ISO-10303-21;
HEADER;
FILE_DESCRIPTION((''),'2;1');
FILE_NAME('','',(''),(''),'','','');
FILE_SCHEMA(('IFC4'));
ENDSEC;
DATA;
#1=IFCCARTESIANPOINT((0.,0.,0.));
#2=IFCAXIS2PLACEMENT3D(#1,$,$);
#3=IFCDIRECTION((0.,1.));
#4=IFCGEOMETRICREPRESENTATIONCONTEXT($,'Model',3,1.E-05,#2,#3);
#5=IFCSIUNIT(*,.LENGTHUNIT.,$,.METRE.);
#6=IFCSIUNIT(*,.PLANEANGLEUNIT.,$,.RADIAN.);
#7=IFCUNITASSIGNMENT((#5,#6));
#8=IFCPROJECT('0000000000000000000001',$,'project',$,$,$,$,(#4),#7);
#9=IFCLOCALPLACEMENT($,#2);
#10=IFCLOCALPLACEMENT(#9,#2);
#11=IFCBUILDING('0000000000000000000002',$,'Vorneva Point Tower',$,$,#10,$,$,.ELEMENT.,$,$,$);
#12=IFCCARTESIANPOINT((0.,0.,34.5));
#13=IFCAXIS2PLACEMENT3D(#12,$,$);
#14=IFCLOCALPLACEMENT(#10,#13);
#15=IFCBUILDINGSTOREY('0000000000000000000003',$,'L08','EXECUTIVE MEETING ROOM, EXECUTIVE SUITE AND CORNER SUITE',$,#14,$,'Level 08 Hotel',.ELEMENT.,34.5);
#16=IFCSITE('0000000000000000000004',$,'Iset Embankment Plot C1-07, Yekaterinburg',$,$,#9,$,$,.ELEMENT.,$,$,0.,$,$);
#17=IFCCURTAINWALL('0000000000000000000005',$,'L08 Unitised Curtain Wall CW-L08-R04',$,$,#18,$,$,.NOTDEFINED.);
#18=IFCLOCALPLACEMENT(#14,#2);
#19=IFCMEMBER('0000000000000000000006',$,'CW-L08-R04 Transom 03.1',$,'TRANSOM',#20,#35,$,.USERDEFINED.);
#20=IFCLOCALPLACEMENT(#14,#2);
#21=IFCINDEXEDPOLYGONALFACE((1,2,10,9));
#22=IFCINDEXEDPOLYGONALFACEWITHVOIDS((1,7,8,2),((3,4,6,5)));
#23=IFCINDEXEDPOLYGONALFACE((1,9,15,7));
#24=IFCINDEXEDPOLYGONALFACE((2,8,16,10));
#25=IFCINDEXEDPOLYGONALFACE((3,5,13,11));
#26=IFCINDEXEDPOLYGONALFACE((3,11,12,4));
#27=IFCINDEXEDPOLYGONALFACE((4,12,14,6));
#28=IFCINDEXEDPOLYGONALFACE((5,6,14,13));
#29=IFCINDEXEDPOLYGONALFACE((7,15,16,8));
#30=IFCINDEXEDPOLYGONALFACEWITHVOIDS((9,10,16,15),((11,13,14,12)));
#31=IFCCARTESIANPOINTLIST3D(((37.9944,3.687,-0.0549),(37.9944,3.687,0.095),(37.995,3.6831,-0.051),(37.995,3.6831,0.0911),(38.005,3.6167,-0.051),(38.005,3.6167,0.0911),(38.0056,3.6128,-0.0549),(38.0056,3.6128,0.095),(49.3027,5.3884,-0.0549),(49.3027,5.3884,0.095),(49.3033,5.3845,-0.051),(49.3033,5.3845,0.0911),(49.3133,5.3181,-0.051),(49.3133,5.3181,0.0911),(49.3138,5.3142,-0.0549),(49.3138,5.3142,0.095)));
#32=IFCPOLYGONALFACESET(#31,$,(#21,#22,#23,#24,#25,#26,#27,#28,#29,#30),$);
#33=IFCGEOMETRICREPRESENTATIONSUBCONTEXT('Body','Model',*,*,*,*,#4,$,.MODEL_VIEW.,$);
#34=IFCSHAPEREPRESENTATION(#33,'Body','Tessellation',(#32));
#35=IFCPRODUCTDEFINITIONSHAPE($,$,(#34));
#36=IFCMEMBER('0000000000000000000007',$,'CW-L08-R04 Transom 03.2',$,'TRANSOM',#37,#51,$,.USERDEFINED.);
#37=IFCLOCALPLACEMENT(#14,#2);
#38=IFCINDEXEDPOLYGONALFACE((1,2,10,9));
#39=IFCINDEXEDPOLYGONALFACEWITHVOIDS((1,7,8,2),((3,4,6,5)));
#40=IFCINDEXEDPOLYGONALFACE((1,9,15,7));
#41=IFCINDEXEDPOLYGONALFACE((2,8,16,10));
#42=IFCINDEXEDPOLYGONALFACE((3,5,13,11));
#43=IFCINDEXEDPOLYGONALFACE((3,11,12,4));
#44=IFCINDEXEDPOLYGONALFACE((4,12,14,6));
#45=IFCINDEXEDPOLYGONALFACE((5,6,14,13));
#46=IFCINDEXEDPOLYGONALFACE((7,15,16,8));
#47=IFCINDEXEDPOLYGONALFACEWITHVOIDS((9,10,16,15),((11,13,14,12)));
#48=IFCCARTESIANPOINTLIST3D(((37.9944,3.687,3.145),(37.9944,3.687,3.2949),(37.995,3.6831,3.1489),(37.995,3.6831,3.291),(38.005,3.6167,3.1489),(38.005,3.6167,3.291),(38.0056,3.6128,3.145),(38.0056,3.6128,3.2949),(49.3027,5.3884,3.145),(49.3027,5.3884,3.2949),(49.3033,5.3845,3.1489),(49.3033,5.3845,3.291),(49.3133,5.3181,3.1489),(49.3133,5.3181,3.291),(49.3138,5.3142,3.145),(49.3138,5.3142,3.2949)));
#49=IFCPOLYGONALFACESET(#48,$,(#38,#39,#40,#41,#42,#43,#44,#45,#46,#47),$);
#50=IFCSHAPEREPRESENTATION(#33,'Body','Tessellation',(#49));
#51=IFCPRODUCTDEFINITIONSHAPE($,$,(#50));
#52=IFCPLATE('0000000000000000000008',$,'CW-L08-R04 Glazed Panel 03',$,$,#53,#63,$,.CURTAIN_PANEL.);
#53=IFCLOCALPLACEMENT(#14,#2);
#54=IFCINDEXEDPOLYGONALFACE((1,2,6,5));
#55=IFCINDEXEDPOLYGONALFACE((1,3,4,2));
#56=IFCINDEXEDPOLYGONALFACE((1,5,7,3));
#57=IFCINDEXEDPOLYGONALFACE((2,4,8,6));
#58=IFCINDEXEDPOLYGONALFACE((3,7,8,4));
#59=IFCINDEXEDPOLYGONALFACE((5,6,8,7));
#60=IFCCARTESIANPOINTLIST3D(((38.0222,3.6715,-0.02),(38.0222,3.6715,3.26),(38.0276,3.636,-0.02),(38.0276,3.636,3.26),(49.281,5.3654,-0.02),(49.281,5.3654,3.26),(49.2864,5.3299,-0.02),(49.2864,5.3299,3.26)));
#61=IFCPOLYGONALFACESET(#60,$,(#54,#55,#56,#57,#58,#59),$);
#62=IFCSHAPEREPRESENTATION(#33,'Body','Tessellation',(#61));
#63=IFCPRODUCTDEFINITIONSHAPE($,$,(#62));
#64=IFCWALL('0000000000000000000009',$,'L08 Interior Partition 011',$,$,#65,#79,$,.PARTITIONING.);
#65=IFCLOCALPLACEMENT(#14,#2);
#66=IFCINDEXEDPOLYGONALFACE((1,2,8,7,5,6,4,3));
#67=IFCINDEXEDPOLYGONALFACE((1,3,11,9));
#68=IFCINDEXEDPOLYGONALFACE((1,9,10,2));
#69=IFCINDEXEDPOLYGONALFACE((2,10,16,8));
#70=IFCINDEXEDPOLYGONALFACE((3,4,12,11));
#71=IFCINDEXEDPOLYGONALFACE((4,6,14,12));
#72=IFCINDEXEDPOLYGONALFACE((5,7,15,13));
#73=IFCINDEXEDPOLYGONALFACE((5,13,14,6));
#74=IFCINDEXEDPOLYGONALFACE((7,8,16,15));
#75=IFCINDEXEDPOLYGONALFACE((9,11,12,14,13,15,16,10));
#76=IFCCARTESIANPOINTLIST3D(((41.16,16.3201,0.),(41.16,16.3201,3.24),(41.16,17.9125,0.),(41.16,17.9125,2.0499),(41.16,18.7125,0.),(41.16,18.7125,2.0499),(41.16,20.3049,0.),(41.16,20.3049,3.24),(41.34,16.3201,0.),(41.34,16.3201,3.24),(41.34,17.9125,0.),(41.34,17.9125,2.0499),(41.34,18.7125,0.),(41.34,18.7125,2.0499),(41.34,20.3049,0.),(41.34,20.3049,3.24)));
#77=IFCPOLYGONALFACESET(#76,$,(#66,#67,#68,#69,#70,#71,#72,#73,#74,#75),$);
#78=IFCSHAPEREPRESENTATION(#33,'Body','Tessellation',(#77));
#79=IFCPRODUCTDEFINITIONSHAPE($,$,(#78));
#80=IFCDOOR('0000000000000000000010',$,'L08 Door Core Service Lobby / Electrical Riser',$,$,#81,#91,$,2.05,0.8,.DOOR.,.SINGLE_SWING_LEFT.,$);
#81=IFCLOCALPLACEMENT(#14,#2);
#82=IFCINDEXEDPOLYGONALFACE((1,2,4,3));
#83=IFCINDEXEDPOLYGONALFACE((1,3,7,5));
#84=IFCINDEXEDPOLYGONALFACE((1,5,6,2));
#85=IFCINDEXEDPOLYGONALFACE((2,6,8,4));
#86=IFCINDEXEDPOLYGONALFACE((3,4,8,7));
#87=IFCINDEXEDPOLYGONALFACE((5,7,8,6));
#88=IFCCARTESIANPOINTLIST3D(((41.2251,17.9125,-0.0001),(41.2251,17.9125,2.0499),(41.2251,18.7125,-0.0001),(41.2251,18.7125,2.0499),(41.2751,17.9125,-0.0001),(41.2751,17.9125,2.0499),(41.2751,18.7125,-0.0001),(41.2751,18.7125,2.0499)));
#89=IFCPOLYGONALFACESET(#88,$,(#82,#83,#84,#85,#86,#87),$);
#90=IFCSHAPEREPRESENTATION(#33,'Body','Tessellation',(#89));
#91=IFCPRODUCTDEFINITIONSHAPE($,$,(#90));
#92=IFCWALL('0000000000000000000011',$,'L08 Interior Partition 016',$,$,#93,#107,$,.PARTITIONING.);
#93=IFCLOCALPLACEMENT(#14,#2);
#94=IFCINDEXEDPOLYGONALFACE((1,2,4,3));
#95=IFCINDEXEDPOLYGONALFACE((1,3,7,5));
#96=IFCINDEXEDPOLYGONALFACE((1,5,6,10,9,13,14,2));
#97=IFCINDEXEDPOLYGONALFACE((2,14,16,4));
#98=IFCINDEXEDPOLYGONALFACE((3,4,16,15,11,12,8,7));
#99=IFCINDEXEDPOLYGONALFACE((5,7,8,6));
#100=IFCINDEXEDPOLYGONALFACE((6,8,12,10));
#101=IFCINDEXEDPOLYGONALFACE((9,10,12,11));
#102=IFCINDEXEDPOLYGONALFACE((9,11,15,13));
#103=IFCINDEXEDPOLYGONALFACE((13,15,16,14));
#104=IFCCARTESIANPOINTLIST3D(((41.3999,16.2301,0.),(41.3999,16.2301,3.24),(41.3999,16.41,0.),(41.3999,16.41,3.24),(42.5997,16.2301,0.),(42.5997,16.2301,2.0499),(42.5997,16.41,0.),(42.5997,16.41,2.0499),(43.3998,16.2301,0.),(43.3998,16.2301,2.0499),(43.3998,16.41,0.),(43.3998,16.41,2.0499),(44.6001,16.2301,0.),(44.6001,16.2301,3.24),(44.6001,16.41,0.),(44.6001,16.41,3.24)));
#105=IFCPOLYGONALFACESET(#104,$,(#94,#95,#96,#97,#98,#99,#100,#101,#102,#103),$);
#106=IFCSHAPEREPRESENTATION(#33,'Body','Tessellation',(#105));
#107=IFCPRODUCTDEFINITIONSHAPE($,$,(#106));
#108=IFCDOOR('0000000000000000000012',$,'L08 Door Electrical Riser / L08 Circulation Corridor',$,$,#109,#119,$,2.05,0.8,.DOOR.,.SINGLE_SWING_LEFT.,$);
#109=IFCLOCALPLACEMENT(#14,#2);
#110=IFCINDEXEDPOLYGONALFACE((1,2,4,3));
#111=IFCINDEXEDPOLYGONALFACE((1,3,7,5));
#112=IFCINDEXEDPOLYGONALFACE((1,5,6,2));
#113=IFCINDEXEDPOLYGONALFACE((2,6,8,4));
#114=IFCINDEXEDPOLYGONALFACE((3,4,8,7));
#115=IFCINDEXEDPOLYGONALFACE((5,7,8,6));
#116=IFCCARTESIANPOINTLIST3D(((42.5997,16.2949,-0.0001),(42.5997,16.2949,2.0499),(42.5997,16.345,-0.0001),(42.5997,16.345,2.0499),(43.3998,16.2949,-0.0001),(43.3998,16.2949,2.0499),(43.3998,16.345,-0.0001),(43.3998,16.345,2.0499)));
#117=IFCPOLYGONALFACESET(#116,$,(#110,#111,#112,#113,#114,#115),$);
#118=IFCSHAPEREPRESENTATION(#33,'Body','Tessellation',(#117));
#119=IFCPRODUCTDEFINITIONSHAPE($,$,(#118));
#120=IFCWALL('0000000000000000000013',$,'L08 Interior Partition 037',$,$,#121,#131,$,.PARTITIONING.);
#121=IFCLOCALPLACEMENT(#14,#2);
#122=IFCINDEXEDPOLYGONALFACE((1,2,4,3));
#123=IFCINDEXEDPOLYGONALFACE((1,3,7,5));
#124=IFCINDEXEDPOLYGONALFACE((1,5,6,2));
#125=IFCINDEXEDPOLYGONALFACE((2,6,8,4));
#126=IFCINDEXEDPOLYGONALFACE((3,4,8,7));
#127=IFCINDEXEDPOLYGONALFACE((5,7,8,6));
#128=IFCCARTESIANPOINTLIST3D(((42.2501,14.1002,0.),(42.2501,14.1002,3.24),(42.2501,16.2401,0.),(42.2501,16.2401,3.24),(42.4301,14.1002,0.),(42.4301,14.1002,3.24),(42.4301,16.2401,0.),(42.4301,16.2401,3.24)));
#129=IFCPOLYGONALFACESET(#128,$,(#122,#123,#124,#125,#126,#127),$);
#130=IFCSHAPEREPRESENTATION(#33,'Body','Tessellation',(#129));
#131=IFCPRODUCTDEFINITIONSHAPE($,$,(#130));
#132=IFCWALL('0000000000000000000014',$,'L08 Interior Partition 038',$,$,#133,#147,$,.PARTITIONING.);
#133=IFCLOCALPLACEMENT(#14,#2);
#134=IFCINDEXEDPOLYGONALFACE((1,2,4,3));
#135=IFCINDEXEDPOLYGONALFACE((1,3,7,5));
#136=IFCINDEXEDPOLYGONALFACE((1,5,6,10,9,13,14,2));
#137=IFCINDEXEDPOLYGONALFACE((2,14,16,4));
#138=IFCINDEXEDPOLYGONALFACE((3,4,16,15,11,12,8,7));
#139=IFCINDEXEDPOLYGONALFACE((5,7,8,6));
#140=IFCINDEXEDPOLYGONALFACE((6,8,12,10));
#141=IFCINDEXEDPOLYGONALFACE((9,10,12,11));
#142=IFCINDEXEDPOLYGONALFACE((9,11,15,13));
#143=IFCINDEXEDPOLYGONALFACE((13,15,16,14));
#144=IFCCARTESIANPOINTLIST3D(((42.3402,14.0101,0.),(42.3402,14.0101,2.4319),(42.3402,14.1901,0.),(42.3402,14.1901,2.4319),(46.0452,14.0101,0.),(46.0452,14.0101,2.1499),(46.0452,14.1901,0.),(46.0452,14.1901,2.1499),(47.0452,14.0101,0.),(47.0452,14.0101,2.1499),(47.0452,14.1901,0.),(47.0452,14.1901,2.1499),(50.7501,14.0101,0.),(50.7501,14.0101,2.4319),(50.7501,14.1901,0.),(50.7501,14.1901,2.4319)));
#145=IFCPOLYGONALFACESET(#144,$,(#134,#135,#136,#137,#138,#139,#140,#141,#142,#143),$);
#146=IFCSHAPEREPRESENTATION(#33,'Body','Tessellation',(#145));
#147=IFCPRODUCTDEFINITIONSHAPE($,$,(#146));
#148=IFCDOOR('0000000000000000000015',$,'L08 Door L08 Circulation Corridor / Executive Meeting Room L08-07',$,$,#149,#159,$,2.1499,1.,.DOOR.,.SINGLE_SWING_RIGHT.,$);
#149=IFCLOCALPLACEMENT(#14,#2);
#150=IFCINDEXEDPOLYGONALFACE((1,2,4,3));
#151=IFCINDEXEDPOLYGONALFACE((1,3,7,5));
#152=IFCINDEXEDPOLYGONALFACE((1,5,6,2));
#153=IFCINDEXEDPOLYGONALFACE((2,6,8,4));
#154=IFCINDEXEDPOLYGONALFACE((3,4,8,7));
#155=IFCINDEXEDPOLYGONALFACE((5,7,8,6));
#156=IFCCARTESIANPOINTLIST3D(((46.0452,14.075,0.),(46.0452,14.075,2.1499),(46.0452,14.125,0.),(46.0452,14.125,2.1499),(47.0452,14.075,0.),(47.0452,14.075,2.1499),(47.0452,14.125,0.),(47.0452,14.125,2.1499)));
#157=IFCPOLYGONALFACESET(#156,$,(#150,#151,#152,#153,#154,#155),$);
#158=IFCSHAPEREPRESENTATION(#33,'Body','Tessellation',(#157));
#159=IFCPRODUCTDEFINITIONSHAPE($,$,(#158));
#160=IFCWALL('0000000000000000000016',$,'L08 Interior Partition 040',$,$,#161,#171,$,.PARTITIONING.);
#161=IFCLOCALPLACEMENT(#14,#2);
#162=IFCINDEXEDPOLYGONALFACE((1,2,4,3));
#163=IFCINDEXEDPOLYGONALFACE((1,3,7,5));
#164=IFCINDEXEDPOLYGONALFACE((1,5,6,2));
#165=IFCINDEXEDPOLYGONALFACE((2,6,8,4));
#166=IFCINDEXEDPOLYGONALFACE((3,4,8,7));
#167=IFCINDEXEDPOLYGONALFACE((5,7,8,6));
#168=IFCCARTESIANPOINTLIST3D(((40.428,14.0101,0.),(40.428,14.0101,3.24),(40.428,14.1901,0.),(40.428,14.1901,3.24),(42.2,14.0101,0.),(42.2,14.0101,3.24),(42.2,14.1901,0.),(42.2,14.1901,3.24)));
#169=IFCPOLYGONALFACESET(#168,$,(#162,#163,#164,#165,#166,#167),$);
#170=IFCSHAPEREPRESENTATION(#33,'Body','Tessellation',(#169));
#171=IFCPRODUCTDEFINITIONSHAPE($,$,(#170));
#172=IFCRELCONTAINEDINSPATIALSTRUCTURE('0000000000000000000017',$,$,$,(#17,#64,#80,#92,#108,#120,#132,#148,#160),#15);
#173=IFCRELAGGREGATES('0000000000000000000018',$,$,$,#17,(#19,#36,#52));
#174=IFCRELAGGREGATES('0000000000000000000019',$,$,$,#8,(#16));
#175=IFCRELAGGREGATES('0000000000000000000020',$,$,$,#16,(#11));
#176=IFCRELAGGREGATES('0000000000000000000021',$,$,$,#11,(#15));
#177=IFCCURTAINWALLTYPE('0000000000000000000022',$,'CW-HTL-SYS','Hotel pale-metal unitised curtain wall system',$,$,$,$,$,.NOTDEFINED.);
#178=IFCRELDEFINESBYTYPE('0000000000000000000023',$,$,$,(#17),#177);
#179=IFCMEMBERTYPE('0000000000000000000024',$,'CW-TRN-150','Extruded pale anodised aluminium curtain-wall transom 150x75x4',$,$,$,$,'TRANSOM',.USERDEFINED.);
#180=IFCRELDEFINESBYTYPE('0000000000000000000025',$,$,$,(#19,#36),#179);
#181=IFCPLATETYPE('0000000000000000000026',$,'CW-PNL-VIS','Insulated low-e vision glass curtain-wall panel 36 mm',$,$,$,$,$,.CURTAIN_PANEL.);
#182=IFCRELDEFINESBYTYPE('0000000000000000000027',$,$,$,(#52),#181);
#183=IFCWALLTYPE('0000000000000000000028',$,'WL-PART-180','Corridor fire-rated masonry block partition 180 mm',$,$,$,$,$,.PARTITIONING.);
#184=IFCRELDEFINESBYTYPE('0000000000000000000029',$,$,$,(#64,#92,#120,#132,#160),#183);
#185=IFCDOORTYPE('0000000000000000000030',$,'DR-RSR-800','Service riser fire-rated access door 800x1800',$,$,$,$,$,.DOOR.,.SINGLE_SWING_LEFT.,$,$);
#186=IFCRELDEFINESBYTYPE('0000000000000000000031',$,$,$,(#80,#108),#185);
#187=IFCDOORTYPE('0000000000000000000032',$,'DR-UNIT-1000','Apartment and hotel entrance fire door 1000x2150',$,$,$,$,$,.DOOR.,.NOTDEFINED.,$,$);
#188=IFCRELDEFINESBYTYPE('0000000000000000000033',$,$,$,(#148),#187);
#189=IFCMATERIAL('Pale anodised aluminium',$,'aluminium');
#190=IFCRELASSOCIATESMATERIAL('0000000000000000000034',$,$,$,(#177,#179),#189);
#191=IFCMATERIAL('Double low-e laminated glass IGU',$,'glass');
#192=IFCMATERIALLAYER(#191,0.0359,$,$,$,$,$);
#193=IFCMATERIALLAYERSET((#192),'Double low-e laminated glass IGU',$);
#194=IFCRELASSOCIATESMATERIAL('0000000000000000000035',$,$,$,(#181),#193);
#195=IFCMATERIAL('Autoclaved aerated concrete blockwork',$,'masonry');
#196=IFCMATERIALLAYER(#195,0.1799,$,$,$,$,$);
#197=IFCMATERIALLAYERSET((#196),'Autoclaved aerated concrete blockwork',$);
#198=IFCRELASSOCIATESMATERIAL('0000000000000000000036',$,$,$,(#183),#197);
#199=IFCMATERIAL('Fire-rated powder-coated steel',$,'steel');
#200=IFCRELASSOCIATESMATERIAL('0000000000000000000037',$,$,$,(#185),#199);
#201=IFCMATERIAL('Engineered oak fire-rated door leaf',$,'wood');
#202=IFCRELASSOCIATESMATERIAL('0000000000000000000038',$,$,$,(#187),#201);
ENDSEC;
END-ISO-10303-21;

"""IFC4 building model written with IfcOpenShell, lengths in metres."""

from ifc_helpers import new_model, si_unit, direction, frame, frame_2d, origin, origin_2d, place, context, subcontext, project, spatial, rectangle, hollow_rectangle, extrude, material, layer, layer_set, material_profile, profile_set, type_object, element, fill, aggregate, save


model = new_model("IFC4")

# Units and contexts
model_context = context("Model", 3, precision=1e-05, world=origin(), true_north=direction((0.0, 1.0)))
body_context = subcontext(model_context, "Body", "Model", "MODEL_VIEW")
ifc_project = project(units=[si_unit("LENGTHUNIT", "METRE"), si_unit("PLANEANGLEUNIT", "RADIAN")], contexts=[model_context])

# Site, building, storey
site_placement = place(None, origin())
site = spatial("IfcSite", under=ifc_project, at=site_placement, Name="Iset Embankment Plot C1-07, Yekaterinburg", CompositionType="ELEMENT", RefElevation=0.0)
building_placement = place(site_placement, origin())
building = spatial("IfcBuilding", under=site, at=building_placement, Name="Vorneva Point Tower", CompositionType="ELEMENT")
storey_placement = place(building_placement, frame((0.0, 0.0, 34.5)))
storey = spatial("IfcBuildingStorey", under=building, at=storey_placement, Name="L08", Description="EXECUTIVE MEETING ROOM, EXECUTIVE SUITE AND CORNER SUITE", LongName="Level 08 Hotel", CompositionType="ELEMENT", Elevation=34.5)

# Curtain wall, members, plate
ifc_material_1 = material(Name="Pale anodised aluminium", Category="aluminium")
curtain_wall_type = type_object("IfcCurtainWallType", Name="CW-HTL-SYS", Description="Hotel pale-metal unitised curtain wall system", PredefinedType="NOTDEFINED", material=ifc_material_1)
curtain_wall_placement = place(storey_placement, origin())
curtain_wall = element("IfcCurtainWall", 1, at=curtain_wall_placement, inside=storey, type_object=curtain_wall_type, Name="L08 Unitised Curtain Wall CW-L08-R04", PredefinedType="NOTDEFINED")
ifc_material_profile_1 = material_profile(ifc_material_1, hollow_rectangle(XDim=0.075, YDim=0.1499, WallThickness=0.0039, at=origin_2d()), Name="AL-TRN 150x75x4")
ifc_profile_set_1 = profile_set([ifc_material_profile_1], Name="Pale anodised aluminium")
member_type_1 = type_object("IfcMemberType", Name="CW-TRN-150", Description="Extruded pale anodised aluminium curtain-wall transom 150x75x4", ElementType="TRANSOM", PredefinedType="USERDEFINED", material=ifc_profile_set_1)
member_1_placement = place(storey_placement, frame((38.0, 3.6499, 0.02), z_axis=(0.98887, 0.148782, 0.0), x_axis=(-0.148782, 0.98887, 0.0)))
member_1 = element("IfcMember", 2, at=member_1_placement, type_object=member_type_1, Name="CW-L08-R04 Transom 03.1", ObjectType="TRANSOM", PredefinedType="USERDEFINED", context=body_context, shape_type="SweptSolid", body=[
    extrude(hollow_rectangle(XDim=0.075, YDim=0.1499, WallThickness=0.0039, at=origin_2d()), origin(), (0.0, 0.0, 1.0), 11.4355),
])
member_2_placement = place(storey_placement, frame((38.0, 3.6499, 3.22), z_axis=(0.98887, 0.148782, 0.0), x_axis=(-0.148782, 0.98887, 0.0)))
member_2 = element("IfcMember", 3, at=member_2_placement, type_object=member_type_1, Name="CW-L08-R04 Transom 03.2", ObjectType="TRANSOM", PredefinedType="USERDEFINED", context=body_context, shape_type="SweptSolid", body=[
    extrude(hollow_rectangle(XDim=0.075, YDim=0.1499, WallThickness=0.0039, at=origin_2d()), origin(), (0.0, 0.0, 1.0), 11.4355),
])
ifc_material_2 = material(Name="Double low-e laminated glass IGU", Category="glass")
ifc_layer_1 = layer(ifc_material_2, 0.0359)
ifc_layer_set_1 = layer_set([ifc_layer_1], Name="Double low-e laminated glass IGU")
plate_type = type_object("IfcPlateType", Name="CW-PNL-VIS", Description="Insulated low-e vision glass curtain-wall panel 36 mm", PredefinedType="CURTAIN_PANEL", material=ifc_layer_set_1)
plate_placement = place(storey_placement, frame((43.6543, 4.5007, -0.02), z_axis=(0.0, 0.0, 1.0), x_axis=(0.988871, 0.148776, 0.0)))
plate = element("IfcPlate", 4, at=plate_placement, type_object=plate_type, Name="CW-L08-R04 Glazed Panel 03", PredefinedType="CURTAIN_PANEL", context=body_context, shape_type="SweptSolid", body=[
    extrude(rectangle(XDim=11.3855, YDim=0.0359, at=origin_2d()), origin(), (0.0, 0.0, 1.0), 3.28),
])
aggregate(curtain_wall, [member_1, member_2, plate])

# Walls, openings, doors
ifc_material_3 = material(Name="Autoclaved aerated concrete blockwork", Category="masonry")
ifc_layer_2 = layer(ifc_material_3, 0.1799)
ifc_layer_set_2 = layer_set([ifc_layer_2], Name="Autoclaved aerated concrete blockwork")
wall_type_1 = type_object("IfcWallType", Name="WL-PART-180", Description="Corridor fire-rated masonry block partition 180 mm", PredefinedType="PARTITIONING", material=ifc_layer_set_2)
wall_1_placement = place(storey_placement, frame((41.25, 16.3201, 0.0), z_axis=(0.0, 0.0, 1.0), x_axis=(0.0, 1.0, 0.0)))
wall_1 = element("IfcWall", 5, at=wall_1_placement, inside=storey, type_object=wall_type_1, Name="L08 Interior Partition 011", PredefinedType="PARTITIONING", context=body_context, shape_type="SweptSolid", body=[
    extrude(rectangle(XDim=3.9849, YDim=0.1799, at=frame_2d((1.9924, 0.0))), origin(), (0.0, 0.0, 1.0), 3.24),
])
opening_1_placement = place(wall_1_placement, frame((1.5925, 0.0, 0.0)))
opening_1 = element("IfcOpeningElement", 6, at=opening_1_placement, cuts=wall_1, PredefinedType="OPENING", context=body_context, shape_type="SweptSolid", body=[
    extrude(rectangle(XDim=0.8, YDim=2.05, at=frame_2d((0.3999, 1.0249))), frame((0.0, 0.105, 0.0), z_axis=(0.0, -1.0, 0.0), x_axis=(1.0, 0.0, 0.0)), (0.0, 0.0, 1.0), 0.2097),
])
ifc_material_4 = material(Name="Fire-rated powder-coated steel", Category="steel")
door_type_1 = type_object("IfcDoorType", Name="DR-RSR-800", Description="Service riser fire-rated access door 800x1800", OperationType="SINGLE_SWING_LEFT", PredefinedType="DOOR", material=ifc_material_4)
door_1_placement = place(opening_1_placement, origin())
door_1 = element("IfcDoor", 7, at=door_1_placement, inside=storey, type_object=door_type_1, Name="L08 Door Core Service Lobby / Electrical Riser", OperationType="SINGLE_SWING_LEFT", OverallHeight=2.05, OverallWidth=0.8, PredefinedType="DOOR", context=body_context, shape_type="SweptSolid", body=[
    extrude(rectangle(XDim=0.8, YDim=2.05, at=frame_2d((0.3999, 1.0249))), frame((0.0, 0.0249, 0.0), z_axis=(0.0, -1.0, 0.0), x_axis=(1.0, 0.0, 0.0)), (0.0, 0.0, 1.0), 0.05),
])
fill(opening_1, door_1)
wall_2_placement = place(storey_placement, frame((41.3999, 16.3201, 0.0), z_axis=(0.0, 0.0, 1.0), x_axis=(1.0, 0.0, 0.0)))
wall_2 = element("IfcWall", 8, at=wall_2_placement, inside=storey, type_object=wall_type_1, Name="L08 Interior Partition 016", PredefinedType="PARTITIONING", context=body_context, shape_type="SweptSolid", body=[
    extrude(rectangle(XDim=3.2002, YDim=0.1799, at=frame_2d((1.6001, 0.0))), origin(), (0.0, 0.0, 1.0), 3.24),
])
opening_2_placement = place(wall_2_placement, frame((1.2, 0.0, 0.0)))
opening_2 = element("IfcOpeningElement", 9, at=opening_2_placement, cuts=wall_2, PredefinedType="OPENING", context=body_context, shape_type="SweptSolid", body=[
    extrude(rectangle(XDim=0.8, YDim=2.05, at=frame_2d((0.3999, 1.0249))), frame((0.0, 0.105, 0.0), z_axis=(0.0, -1.0, 0.0), x_axis=(1.0, 0.0, 0.0)), (0.0, 0.0, 1.0), 0.2097),
])
door_2_placement = place(opening_2_placement, origin())
door_2 = element("IfcDoor", 10, at=door_2_placement, inside=storey, type_object=door_type_1, Name="L08 Door Electrical Riser / L08 Circulation Corridor", OperationType="SINGLE_SWING_LEFT", OverallHeight=2.05, OverallWidth=0.8, PredefinedType="DOOR", context=body_context, shape_type="SweptSolid", body=[
    extrude(rectangle(XDim=0.8, YDim=2.05, at=frame_2d((0.3999, 1.0249))), frame((0.0, 0.0249, 0.0), z_axis=(0.0, -1.0, 0.0), x_axis=(1.0, 0.0, 0.0)), (0.0, 0.0, 1.0), 0.05),
])
fill(opening_2, door_2)

# Wall
wall_3_placement = place(storey_placement, frame((42.3401, 16.24, 0.0), z_axis=(0.0, 0.0, 1.0), x_axis=(0.0, -1.0, 0.0)))
element("IfcWall", 11, at=wall_3_placement, inside=storey, type_object=wall_type_1, Name="L08 Interior Partition 037", PredefinedType="PARTITIONING", context=body_context, shape_type="SweptSolid", body=[
    extrude(rectangle(XDim=2.1399, YDim=0.1799, at=frame_2d((1.0698, 0.0))), origin(), (0.0, 0.0, 1.0), 3.24),
])

# Wall, opening, door
wall_4_placement = place(storey_placement, frame((42.3401, 14.1001, 0.0), z_axis=(0.0, 0.0, 1.0), x_axis=(1.0, 0.0, 0.0)))
wall_4 = element("IfcWall", 12, at=wall_4_placement, inside=storey, type_object=wall_type_1, Name="L08 Interior Partition 038", PredefinedType="PARTITIONING", context=body_context, shape_type="SweptSolid", body=[
    extrude(rectangle(XDim=8.4099, YDim=0.1799, at=frame_2d((4.2051, 0.0))), origin(), (0.0, 0.0, 1.0), 2.4319),
])
opening_3_placement = place(wall_4_placement, frame((3.7051, 0.0, 0.0)))
opening_3 = element("IfcOpeningElement", 13, at=opening_3_placement, cuts=wall_4, PredefinedType="OPENING", context=body_context, shape_type="SweptSolid", body=[
    extrude(rectangle(XDim=1.0, YDim=2.1499, at=frame_2d((0.5, 1.075))), frame((0.0, 0.105, 0.0), z_axis=(0.0, -1.0, 0.0), x_axis=(1.0, 0.0, 0.0)), (0.0, 0.0, 1.0), 0.2097),
])
ifc_material_5 = material(Name="Engineered oak fire-rated door leaf", Category="wood")
door_type_2 = type_object("IfcDoorType", Name="DR-UNIT-1000", Description="Apartment and hotel entrance fire door 1000x2150", OperationType="NOTDEFINED", PredefinedType="DOOR", material=ifc_material_5)
door_3_placement = place(opening_3_placement, origin())
door_3 = element("IfcDoor", 14, at=door_3_placement, inside=storey, type_object=door_type_2, Name="L08 Door L08 Circulation Corridor / Executive Meeting Room L08-07", OperationType="SINGLE_SWING_RIGHT", OverallHeight=2.1499, OverallWidth=1.0, PredefinedType="DOOR", context=body_context, shape_type="SweptSolid", body=[
    extrude(rectangle(XDim=1.0, YDim=2.1499, at=frame_2d((0.5, 1.075))), frame((0.0, 0.0249, 0.0), z_axis=(0.0, -1.0, 0.0), x_axis=(1.0, 0.0, 0.0)), (0.0, 0.0, 1.0), 0.05),
])
fill(opening_3, door_3)

# Wall
wall_5_placement = place(storey_placement, frame((40.428, 14.1001, 0.0), z_axis=(0.0, 0.0, 1.0), x_axis=(1.0, 0.0, 0.0)))
element("IfcWall", 15, at=wall_5_placement, inside=storey, type_object=wall_type_1, Name="L08 Interior Partition 040", PredefinedType="PARTITIONING", context=body_context, shape_type="SweptSolid", body=[
    extrude(rectangle(XDim=1.772, YDim=0.1799, at=frame_2d((0.886, 0.0))), origin(), (0.0, 0.0, 1.0), 3.24),
])

save(model, "model.ifc")
